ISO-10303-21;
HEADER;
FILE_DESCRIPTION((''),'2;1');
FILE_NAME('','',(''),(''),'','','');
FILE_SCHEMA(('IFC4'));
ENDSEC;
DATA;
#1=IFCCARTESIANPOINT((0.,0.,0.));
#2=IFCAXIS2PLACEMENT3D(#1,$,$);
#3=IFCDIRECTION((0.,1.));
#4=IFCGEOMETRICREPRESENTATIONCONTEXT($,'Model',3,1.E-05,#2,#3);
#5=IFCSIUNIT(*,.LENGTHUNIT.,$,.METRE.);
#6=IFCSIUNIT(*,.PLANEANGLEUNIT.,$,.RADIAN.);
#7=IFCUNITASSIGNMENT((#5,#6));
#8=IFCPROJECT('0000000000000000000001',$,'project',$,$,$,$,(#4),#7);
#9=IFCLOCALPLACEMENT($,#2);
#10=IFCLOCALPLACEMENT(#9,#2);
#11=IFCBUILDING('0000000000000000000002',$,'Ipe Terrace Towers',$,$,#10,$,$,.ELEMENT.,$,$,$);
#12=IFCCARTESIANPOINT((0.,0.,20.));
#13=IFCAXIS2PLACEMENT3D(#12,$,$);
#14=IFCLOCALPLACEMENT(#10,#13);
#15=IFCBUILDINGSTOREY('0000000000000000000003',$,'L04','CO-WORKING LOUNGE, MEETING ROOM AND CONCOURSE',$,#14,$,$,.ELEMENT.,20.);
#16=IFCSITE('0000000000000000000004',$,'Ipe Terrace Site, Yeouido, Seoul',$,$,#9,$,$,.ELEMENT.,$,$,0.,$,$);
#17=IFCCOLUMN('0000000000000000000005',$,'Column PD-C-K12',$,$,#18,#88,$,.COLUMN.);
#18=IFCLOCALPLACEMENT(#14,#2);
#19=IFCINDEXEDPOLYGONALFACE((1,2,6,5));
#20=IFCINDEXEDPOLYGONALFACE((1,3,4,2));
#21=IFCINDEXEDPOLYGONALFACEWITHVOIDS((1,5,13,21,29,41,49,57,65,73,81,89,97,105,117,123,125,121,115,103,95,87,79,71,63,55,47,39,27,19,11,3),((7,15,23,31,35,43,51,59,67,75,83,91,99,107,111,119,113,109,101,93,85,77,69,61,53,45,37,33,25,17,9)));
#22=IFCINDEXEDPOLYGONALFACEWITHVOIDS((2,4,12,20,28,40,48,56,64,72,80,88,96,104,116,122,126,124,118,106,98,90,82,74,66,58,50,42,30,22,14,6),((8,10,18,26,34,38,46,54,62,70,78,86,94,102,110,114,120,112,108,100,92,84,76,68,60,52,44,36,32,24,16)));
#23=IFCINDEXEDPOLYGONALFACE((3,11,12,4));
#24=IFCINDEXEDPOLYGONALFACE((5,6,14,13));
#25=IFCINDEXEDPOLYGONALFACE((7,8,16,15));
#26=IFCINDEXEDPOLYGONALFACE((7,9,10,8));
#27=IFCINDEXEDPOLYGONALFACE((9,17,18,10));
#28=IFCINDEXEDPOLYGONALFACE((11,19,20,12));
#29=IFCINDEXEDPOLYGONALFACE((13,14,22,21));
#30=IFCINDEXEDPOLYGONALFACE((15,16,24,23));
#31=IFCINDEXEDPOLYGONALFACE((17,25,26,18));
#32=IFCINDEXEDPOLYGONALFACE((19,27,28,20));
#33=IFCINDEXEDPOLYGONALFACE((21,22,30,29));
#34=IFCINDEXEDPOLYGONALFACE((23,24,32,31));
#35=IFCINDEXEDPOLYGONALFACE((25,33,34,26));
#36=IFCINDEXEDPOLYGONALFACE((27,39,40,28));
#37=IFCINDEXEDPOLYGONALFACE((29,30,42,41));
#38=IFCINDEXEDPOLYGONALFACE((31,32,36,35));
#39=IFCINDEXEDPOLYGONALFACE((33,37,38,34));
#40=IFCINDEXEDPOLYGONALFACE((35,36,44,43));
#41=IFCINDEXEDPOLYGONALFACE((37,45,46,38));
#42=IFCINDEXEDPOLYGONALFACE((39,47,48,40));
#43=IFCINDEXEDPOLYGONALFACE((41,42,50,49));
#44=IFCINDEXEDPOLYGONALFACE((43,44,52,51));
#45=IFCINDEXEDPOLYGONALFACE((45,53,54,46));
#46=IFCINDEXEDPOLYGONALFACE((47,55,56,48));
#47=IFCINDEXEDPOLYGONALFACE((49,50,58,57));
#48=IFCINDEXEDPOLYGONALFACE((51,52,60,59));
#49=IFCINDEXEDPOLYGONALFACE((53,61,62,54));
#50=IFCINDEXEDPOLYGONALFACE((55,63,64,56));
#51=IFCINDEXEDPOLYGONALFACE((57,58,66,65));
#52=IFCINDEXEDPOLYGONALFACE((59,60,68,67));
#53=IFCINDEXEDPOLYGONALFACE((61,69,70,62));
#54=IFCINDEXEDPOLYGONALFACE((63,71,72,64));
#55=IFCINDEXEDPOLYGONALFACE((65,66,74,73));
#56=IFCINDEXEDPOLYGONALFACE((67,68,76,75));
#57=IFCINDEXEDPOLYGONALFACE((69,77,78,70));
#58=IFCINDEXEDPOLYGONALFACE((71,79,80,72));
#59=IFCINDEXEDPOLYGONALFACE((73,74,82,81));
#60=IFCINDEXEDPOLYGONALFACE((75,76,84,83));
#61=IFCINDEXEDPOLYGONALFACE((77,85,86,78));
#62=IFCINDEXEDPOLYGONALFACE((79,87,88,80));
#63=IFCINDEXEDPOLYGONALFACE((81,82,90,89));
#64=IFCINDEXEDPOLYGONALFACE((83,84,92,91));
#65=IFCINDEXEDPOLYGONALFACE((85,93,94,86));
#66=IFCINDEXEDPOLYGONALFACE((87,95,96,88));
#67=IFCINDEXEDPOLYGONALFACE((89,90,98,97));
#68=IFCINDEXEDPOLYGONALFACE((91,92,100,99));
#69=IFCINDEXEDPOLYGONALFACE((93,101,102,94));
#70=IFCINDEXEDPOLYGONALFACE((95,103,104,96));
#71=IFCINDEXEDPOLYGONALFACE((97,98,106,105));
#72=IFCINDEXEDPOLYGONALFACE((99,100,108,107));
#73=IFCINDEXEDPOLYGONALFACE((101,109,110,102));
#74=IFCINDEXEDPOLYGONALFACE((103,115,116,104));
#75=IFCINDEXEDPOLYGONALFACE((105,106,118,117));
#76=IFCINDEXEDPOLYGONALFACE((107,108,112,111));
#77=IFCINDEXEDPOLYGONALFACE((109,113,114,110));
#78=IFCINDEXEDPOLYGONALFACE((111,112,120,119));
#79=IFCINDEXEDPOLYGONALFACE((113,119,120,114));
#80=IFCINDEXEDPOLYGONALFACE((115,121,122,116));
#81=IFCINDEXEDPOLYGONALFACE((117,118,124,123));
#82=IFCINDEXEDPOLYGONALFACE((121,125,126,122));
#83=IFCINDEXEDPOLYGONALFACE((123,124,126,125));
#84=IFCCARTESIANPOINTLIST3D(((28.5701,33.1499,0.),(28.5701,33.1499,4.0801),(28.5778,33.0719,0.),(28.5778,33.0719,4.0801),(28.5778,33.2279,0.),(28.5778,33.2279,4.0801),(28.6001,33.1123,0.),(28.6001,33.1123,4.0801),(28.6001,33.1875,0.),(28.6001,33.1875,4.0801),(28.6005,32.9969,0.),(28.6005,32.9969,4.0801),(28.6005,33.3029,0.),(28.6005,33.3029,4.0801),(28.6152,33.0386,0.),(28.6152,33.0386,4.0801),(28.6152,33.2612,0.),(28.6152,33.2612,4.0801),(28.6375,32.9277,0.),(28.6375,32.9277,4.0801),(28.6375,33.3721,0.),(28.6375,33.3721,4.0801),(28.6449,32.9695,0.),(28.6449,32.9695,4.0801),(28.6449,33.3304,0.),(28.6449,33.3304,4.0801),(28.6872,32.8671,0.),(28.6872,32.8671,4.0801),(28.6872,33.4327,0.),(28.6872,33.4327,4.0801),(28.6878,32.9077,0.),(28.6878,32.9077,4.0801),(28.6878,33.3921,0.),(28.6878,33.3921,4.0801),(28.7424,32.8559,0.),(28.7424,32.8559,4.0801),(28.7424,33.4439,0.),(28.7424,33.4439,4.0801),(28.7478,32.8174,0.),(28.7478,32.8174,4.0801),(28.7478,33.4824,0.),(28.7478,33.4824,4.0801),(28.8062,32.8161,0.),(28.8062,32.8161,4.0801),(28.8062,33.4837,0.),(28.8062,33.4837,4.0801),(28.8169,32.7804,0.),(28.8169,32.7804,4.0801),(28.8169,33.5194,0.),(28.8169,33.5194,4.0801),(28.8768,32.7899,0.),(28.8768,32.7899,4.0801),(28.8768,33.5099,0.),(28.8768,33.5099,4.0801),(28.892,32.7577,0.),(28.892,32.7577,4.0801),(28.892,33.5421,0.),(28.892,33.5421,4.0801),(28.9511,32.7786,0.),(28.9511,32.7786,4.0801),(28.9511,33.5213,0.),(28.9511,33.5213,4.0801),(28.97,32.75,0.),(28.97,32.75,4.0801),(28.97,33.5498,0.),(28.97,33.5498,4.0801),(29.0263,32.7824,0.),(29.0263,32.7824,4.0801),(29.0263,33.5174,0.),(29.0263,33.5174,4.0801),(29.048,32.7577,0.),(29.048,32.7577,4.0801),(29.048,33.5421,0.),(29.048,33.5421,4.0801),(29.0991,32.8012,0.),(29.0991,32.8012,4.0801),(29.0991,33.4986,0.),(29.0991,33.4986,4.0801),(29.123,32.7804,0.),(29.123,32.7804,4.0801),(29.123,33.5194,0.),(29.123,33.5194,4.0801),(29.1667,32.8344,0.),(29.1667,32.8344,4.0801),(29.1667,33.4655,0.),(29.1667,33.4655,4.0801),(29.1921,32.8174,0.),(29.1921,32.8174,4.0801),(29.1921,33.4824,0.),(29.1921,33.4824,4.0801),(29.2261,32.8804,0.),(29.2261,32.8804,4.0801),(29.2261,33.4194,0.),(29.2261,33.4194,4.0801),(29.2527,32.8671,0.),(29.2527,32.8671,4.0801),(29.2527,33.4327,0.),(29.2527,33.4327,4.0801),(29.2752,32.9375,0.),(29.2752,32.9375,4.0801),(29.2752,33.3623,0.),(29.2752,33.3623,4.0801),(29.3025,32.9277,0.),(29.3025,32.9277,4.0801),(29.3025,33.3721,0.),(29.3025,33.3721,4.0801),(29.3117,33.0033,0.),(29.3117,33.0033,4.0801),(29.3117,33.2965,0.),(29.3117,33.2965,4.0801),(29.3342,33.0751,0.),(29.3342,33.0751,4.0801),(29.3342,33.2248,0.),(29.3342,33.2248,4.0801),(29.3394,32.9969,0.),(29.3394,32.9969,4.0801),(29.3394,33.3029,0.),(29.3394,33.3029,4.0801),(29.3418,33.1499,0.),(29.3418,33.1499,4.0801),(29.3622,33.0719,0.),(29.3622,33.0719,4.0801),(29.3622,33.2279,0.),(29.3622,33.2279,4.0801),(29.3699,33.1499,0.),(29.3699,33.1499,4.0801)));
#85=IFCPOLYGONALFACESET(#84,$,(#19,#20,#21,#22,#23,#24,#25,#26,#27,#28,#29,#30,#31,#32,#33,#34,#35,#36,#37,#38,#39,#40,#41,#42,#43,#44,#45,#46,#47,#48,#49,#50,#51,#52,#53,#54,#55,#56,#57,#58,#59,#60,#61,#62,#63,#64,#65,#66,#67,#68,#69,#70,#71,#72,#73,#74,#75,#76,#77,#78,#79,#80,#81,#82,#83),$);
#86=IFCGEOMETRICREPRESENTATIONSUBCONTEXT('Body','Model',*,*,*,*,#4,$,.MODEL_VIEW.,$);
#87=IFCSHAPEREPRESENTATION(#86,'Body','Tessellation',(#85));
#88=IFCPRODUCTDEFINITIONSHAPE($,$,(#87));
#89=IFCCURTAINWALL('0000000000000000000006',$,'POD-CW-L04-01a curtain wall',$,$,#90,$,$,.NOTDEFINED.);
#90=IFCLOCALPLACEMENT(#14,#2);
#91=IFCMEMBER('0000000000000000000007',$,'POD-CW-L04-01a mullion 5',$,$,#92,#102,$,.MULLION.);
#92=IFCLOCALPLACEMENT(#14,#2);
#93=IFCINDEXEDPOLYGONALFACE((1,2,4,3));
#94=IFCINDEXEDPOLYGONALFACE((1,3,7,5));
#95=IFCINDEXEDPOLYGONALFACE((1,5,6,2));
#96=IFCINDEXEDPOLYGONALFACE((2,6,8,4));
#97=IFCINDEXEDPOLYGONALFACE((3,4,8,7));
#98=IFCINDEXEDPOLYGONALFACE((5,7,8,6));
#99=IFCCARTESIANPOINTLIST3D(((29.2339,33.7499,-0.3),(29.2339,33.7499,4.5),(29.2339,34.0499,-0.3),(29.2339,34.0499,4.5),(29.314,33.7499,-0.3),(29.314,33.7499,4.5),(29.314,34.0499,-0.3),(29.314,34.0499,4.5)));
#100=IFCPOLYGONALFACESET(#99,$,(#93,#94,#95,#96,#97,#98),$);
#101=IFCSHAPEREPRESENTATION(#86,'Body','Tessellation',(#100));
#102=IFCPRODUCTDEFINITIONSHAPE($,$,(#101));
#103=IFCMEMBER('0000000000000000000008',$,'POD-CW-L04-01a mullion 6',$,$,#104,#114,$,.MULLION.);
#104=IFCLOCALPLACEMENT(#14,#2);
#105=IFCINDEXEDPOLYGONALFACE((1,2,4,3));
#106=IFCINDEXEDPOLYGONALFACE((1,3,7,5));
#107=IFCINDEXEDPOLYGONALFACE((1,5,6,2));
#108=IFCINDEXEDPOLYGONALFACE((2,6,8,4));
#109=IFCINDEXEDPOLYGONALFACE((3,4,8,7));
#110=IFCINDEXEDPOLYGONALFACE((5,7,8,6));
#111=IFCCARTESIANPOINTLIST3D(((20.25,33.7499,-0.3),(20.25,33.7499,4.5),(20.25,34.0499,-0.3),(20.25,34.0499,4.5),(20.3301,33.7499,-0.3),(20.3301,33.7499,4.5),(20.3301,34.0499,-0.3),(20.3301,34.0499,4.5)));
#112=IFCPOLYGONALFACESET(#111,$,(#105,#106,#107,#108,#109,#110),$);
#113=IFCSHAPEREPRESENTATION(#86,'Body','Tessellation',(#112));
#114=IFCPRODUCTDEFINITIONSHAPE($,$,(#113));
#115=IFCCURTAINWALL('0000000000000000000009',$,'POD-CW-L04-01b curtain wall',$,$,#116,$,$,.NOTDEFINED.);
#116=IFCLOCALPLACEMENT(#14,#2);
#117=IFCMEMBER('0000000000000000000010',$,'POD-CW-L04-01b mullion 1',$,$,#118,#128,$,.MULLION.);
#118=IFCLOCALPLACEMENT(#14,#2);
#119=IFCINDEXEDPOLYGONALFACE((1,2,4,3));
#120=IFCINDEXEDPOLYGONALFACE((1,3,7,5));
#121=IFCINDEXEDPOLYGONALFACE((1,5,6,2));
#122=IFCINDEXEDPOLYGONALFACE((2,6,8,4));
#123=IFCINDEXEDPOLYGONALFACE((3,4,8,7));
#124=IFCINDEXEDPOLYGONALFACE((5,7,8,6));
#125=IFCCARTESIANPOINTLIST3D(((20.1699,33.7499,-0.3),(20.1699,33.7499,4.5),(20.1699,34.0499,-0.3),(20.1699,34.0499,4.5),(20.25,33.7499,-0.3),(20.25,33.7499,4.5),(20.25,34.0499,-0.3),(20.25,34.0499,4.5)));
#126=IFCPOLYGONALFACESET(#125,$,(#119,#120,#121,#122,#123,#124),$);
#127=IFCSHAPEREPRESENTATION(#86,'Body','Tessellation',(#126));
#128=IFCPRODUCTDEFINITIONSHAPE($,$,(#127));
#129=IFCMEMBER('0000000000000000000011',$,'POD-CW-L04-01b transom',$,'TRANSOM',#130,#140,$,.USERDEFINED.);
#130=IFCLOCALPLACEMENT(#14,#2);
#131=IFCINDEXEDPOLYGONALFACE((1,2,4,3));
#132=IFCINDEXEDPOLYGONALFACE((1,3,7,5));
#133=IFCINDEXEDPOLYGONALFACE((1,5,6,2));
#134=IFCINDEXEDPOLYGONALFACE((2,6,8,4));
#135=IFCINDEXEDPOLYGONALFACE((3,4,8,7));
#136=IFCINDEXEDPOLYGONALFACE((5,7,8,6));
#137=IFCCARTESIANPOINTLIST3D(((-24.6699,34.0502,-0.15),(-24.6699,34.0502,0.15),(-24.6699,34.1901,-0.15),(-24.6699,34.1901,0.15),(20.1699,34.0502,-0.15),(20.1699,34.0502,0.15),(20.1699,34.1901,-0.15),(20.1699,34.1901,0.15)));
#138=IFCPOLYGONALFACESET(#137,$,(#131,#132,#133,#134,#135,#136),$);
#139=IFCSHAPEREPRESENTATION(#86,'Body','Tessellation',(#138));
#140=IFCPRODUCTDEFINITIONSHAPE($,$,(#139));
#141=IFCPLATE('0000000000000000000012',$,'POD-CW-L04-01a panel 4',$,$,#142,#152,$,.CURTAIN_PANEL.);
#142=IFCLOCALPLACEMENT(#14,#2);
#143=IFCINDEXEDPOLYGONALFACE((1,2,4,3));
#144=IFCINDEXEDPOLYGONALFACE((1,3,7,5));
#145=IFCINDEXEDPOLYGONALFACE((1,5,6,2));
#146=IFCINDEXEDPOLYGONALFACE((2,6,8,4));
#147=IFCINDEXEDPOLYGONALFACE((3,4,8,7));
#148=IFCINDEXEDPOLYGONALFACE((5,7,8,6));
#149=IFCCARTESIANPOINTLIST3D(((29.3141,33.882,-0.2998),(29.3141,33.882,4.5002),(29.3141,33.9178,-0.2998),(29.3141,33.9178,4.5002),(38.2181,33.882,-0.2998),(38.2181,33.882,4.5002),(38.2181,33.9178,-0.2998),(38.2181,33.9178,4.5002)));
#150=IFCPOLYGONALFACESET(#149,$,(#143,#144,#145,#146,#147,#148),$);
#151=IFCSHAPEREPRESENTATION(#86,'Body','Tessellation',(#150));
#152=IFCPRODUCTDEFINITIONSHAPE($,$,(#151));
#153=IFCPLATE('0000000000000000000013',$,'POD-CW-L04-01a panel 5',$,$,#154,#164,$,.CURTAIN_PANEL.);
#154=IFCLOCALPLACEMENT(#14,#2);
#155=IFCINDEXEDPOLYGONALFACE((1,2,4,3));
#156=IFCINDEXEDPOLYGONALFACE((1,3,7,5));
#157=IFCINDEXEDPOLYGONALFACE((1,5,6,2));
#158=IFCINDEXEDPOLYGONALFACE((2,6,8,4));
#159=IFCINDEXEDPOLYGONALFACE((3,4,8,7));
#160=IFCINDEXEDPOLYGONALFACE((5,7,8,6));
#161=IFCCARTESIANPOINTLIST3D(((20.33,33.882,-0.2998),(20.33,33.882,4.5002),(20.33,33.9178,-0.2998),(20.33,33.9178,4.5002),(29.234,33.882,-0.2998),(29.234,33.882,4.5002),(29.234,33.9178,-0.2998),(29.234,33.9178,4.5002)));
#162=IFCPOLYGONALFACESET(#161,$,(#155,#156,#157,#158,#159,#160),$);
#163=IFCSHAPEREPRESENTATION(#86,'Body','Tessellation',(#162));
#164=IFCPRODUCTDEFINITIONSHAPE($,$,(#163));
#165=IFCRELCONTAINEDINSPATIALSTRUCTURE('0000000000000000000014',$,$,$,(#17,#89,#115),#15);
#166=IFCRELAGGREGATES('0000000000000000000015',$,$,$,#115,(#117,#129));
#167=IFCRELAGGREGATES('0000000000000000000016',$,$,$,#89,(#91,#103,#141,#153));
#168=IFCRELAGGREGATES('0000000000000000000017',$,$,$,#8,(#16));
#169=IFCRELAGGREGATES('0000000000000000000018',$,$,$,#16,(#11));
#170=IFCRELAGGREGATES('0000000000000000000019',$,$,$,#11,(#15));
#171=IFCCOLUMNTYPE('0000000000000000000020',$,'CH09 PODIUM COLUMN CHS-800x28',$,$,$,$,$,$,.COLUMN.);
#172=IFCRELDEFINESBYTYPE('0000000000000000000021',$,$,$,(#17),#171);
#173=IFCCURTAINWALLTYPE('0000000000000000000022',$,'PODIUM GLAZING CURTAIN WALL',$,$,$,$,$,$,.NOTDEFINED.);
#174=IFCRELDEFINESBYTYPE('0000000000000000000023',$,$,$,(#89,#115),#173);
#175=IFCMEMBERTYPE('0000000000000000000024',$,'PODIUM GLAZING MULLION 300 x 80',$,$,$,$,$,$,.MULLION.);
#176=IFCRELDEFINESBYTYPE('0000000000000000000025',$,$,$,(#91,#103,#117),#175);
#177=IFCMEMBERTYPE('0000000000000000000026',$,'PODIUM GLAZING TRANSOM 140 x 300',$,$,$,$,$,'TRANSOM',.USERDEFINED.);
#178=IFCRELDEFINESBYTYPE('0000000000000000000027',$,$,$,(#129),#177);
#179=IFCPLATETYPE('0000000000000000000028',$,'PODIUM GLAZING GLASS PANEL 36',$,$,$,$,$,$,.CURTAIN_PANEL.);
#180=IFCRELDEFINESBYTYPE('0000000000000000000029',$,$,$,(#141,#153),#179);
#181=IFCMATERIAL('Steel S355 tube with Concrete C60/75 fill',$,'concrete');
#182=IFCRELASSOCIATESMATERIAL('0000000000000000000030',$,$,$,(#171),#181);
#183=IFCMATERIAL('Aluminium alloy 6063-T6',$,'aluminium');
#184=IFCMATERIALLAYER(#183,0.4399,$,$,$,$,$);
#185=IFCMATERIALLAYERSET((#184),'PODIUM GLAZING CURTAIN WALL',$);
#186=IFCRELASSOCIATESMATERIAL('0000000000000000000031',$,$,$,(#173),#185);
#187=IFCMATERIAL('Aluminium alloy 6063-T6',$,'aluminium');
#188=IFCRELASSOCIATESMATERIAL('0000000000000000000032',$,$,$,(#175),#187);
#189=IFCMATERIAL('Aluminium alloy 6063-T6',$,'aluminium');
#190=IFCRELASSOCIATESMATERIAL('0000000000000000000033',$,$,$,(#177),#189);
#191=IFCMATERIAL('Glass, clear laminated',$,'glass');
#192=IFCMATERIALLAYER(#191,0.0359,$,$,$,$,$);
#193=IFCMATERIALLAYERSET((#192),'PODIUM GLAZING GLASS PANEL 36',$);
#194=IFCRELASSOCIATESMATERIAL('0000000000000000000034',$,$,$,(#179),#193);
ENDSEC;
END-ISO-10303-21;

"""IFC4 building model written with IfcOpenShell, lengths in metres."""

from ifc_helpers import new_model, si_unit, direction, frame, origin, origin_2d, place, context, subcontext, project, spatial, rectangle, hollow_circle, extrude, material, layer, layer_set, material_profile, profile_set, type_object, element, aggregate, save


model = new_model("IFC4")

# Units and contexts
model_context = context("Model", 3, precision=1e-05, world=origin(), true_north=direction((0.0, 1.0)))
body_context = subcontext(model_context, "Body", "Model", "MODEL_VIEW")
ifc_project = project(units=[si_unit("LENGTHUNIT", "METRE"), si_unit("PLANEANGLEUNIT", "RADIAN")], contexts=[model_context])

# Site, building, storey
site_placement = place(None, origin())
site = spatial("IfcSite", under=ifc_project, at=site_placement, Name="Ipe Terrace Site, Yeouido, Seoul", CompositionType="ELEMENT", RefElevation=0.0)
building_placement = place(site_placement, origin())
building = spatial("IfcBuilding", under=site, at=building_placement, Name="Ipe Terrace Towers", CompositionType="ELEMENT")
storey_placement = place(building_placement, frame((0.0, 0.0, 20.0)))
storey = spatial("IfcBuildingStorey", under=building, at=storey_placement, Name="L04", Description="CO-WORKING LOUNGE, MEETING ROOM AND CONCOURSE", CompositionType="ELEMENT", Elevation=20.0)

# Column
ifc_material_1 = material(Name="Steel S355 tube with Concrete C60/75 fill", Category="concrete")
ifc_material_profile_1 = material_profile(ifc_material_1, hollow_circle(Radius=0.3999, WallThickness=0.0281, at=origin_2d()), Name="CHS-800x28")
ifc_profile_set_1 = profile_set([ifc_material_profile_1], Name="Steel S355 tube with Concrete C60/75 fill")
column_type = type_object("IfcColumnType", Name="CH09 PODIUM COLUMN CHS-800x28", PredefinedType="COLUMN", material=ifc_profile_set_1)
for number, where, z_axis, x_axis, name in (
    (1, (28.97, 33.1499, 0.0), (0.0, 0.0, 1.0), (1.0, 0.0, 0.0), "Column PD-C-K12"),
):
    element("IfcColumn", number, at=place(storey_placement, frame(where, z_axis=z_axis, x_axis=x_axis)), inside=storey, type_object=column_type, Name=name, PredefinedType="COLUMN", context=body_context, shape_type="SweptSolid", body=[
        extrude(hollow_circle(Radius=0.3999, WallThickness=0.0281, at=origin_2d()), origin(), (0.0, 0.0, 1.0), 4.0801),
    ])

# Curtain walls, members
ifc_material_2 = material(Name="Aluminium alloy 6063-T6", Category="aluminium")
ifc_layer_1 = layer(ifc_material_2, 0.4399)
ifc_layer_set_1 = layer_set([ifc_layer_1], Name="PODIUM GLAZING CURTAIN WALL")
curtain_wall_type = type_object("IfcCurtainWallType", Name="PODIUM GLAZING CURTAIN WALL", PredefinedType="NOTDEFINED", material=ifc_layer_set_1)
curtain_wall_1_placement = place(storey_placement, origin())
curtain_wall_1 = element("IfcCurtainWall", 2, at=curtain_wall_1_placement, inside=storey, type_object=curtain_wall_type, Name="POD-CW-L04-01a curtain wall", PredefinedType="NOTDEFINED")
ifc_material_3 = material(Name="Aluminium alloy 6063-T6", Category="aluminium")
ifc_material_profile_2 = material_profile(ifc_material_3, rectangle(XDim=0.3, YDim=0.0801, at=origin_2d()), Name="PODIUM GLAZING MULLION 300 x 80")
ifc_profile_set_2 = profile_set([ifc_material_profile_2], Name="Aluminium alloy 6063-T6")
member_type_1 = type_object("IfcMemberType", Name="PODIUM GLAZING MULLION 300 x 80", PredefinedType="MULLION", material=ifc_profile_set_2)
member_1_placement = place(storey_placement, frame((29.2739, 33.8999, -0.3), z_axis=(0.0, 0.0, 1.0), x_axis=(0.0, 1.0, 0.0)))
member_1 = element("IfcMember", 3, at=member_1_placement, type_object=member_type_1, Name="POD-CW-L04-01a mullion 5", PredefinedType="MULLION", context=body_context, shape_type="SweptSolid", body=[
    extrude(rectangle(XDim=0.3, YDim=0.0801, at=origin_2d()), origin(), (0.0, 0.0, 1.0), 4.8),
])
member_2_placement = place(storey_placement, frame((20.29, 33.8999, -0.3), z_axis=(0.0, 0.0, 1.0), x_axis=(0.0, 1.0, 0.0)))
member_2 = element("IfcMember", 4, at=member_2_placement, type_object=member_type_1, Name="POD-CW-L04-01a mullion 6", PredefinedType="MULLION", context=body_context, shape_type="SweptSolid", body=[
    extrude(rectangle(XDim=0.3, YDim=0.0801, at=origin_2d()), origin(), (0.0, 0.0, 1.0), 4.8),
])
curtain_wall_2_placement = place(storey_placement, origin())
curtain_wall_2 = element("IfcCurtainWall", 5, at=curtain_wall_2_placement, inside=storey, type_object=curtain_wall_type, Name="POD-CW-L04-01b curtain wall", PredefinedType="NOTDEFINED")
member_3_placement = place(storey_placement, frame((20.21, 33.8999, -0.3), z_axis=(0.0, 0.0, 1.0), x_axis=(0.0, 1.0, 0.0)))
member_3 = element("IfcMember", 6, at=member_3_placement, type_object=member_type_1, Name="POD-CW-L04-01b mullion 1", PredefinedType="MULLION", context=body_context, shape_type="SweptSolid", body=[
    extrude(rectangle(XDim=0.3, YDim=0.0801, at=origin_2d()), origin(), (0.0, 0.0, 1.0), 4.8),
])
ifc_material_4 = material(Name="Aluminium alloy 6063-T6", Category="aluminium")
ifc_material_profile_3 = material_profile(ifc_material_4, rectangle(XDim=0.1399, YDim=0.3, at=origin_2d()), Name="PODIUM GLAZING TRANSOM 140 x 300")
ifc_profile_set_3 = profile_set([ifc_material_profile_3], Name="Aluminium alloy 6063-T6")
member_type_2 = type_object("IfcMemberType", Name="PODIUM GLAZING TRANSOM 140 x 300", ElementType="TRANSOM", PredefinedType="USERDEFINED", material=ifc_profile_set_3)
member_4_placement = place(storey_placement, frame((20.1699, 34.1201, 0.0), z_axis=(-1.0, 0.0, 0.0), x_axis=(0.0, 1.0, 0.0)))
member_4 = element("IfcMember", 7, at=member_4_placement, type_object=member_type_2, Name="POD-CW-L04-01b transom", ObjectType="TRANSOM", PredefinedType="USERDEFINED", context=body_context, shape_type="SweptSolid", body=[
    extrude(rectangle(XDim=0.1399, YDim=0.3, at=origin_2d()), origin(), (0.0, 0.0, 1.0), 44.8398),
])
aggregate(curtain_wall_2, [member_3, member_4])

# Plates
ifc_material_5 = material(Name="Glass, clear laminated", Category="glass")
ifc_layer_2 = layer(ifc_material_5, 0.0359)
ifc_layer_set_2 = layer_set([ifc_layer_2], Name="PODIUM GLAZING GLASS PANEL 36")
plate_type = type_object("IfcPlateType", Name="PODIUM GLAZING GLASS PANEL 36", PredefinedType="CURTAIN_PANEL", material=ifc_layer_set_2)
plate_1_placement = place(storey_placement, frame((33.7661, 33.8999, -0.2998), z_axis=(0.0, 0.0, 1.0), x_axis=(-1.0, 0.0, 0.0)))
plate_1 = element("IfcPlate", 8, at=plate_1_placement, type_object=plate_type, Name="POD-CW-L04-01a panel 4", PredefinedType="CURTAIN_PANEL", context=body_context, shape_type="SweptSolid", body=[
    extrude(rectangle(XDim=8.9041, YDim=0.0359, at=origin_2d()), origin(), (0.0, 0.0, 1.0), 4.8),
])
plate_2_placement = place(storey_placement, frame((24.782, 33.8999, -0.2998), z_axis=(0.0, 0.0, 1.0), x_axis=(-1.0, 0.0, 0.0)))
plate_2 = element("IfcPlate", 9, at=plate_2_placement, type_object=plate_type, Name="POD-CW-L04-01a panel 5", PredefinedType="CURTAIN_PANEL", context=body_context, shape_type="SweptSolid", body=[
    extrude(rectangle(XDim=8.9041, YDim=0.0359, at=origin_2d()), origin(), (0.0, 0.0, 1.0), 4.8),
])
aggregate(curtain_wall_1, [member_1, member_2, plate_1, plate_2])

save(model, "model.ifc")
